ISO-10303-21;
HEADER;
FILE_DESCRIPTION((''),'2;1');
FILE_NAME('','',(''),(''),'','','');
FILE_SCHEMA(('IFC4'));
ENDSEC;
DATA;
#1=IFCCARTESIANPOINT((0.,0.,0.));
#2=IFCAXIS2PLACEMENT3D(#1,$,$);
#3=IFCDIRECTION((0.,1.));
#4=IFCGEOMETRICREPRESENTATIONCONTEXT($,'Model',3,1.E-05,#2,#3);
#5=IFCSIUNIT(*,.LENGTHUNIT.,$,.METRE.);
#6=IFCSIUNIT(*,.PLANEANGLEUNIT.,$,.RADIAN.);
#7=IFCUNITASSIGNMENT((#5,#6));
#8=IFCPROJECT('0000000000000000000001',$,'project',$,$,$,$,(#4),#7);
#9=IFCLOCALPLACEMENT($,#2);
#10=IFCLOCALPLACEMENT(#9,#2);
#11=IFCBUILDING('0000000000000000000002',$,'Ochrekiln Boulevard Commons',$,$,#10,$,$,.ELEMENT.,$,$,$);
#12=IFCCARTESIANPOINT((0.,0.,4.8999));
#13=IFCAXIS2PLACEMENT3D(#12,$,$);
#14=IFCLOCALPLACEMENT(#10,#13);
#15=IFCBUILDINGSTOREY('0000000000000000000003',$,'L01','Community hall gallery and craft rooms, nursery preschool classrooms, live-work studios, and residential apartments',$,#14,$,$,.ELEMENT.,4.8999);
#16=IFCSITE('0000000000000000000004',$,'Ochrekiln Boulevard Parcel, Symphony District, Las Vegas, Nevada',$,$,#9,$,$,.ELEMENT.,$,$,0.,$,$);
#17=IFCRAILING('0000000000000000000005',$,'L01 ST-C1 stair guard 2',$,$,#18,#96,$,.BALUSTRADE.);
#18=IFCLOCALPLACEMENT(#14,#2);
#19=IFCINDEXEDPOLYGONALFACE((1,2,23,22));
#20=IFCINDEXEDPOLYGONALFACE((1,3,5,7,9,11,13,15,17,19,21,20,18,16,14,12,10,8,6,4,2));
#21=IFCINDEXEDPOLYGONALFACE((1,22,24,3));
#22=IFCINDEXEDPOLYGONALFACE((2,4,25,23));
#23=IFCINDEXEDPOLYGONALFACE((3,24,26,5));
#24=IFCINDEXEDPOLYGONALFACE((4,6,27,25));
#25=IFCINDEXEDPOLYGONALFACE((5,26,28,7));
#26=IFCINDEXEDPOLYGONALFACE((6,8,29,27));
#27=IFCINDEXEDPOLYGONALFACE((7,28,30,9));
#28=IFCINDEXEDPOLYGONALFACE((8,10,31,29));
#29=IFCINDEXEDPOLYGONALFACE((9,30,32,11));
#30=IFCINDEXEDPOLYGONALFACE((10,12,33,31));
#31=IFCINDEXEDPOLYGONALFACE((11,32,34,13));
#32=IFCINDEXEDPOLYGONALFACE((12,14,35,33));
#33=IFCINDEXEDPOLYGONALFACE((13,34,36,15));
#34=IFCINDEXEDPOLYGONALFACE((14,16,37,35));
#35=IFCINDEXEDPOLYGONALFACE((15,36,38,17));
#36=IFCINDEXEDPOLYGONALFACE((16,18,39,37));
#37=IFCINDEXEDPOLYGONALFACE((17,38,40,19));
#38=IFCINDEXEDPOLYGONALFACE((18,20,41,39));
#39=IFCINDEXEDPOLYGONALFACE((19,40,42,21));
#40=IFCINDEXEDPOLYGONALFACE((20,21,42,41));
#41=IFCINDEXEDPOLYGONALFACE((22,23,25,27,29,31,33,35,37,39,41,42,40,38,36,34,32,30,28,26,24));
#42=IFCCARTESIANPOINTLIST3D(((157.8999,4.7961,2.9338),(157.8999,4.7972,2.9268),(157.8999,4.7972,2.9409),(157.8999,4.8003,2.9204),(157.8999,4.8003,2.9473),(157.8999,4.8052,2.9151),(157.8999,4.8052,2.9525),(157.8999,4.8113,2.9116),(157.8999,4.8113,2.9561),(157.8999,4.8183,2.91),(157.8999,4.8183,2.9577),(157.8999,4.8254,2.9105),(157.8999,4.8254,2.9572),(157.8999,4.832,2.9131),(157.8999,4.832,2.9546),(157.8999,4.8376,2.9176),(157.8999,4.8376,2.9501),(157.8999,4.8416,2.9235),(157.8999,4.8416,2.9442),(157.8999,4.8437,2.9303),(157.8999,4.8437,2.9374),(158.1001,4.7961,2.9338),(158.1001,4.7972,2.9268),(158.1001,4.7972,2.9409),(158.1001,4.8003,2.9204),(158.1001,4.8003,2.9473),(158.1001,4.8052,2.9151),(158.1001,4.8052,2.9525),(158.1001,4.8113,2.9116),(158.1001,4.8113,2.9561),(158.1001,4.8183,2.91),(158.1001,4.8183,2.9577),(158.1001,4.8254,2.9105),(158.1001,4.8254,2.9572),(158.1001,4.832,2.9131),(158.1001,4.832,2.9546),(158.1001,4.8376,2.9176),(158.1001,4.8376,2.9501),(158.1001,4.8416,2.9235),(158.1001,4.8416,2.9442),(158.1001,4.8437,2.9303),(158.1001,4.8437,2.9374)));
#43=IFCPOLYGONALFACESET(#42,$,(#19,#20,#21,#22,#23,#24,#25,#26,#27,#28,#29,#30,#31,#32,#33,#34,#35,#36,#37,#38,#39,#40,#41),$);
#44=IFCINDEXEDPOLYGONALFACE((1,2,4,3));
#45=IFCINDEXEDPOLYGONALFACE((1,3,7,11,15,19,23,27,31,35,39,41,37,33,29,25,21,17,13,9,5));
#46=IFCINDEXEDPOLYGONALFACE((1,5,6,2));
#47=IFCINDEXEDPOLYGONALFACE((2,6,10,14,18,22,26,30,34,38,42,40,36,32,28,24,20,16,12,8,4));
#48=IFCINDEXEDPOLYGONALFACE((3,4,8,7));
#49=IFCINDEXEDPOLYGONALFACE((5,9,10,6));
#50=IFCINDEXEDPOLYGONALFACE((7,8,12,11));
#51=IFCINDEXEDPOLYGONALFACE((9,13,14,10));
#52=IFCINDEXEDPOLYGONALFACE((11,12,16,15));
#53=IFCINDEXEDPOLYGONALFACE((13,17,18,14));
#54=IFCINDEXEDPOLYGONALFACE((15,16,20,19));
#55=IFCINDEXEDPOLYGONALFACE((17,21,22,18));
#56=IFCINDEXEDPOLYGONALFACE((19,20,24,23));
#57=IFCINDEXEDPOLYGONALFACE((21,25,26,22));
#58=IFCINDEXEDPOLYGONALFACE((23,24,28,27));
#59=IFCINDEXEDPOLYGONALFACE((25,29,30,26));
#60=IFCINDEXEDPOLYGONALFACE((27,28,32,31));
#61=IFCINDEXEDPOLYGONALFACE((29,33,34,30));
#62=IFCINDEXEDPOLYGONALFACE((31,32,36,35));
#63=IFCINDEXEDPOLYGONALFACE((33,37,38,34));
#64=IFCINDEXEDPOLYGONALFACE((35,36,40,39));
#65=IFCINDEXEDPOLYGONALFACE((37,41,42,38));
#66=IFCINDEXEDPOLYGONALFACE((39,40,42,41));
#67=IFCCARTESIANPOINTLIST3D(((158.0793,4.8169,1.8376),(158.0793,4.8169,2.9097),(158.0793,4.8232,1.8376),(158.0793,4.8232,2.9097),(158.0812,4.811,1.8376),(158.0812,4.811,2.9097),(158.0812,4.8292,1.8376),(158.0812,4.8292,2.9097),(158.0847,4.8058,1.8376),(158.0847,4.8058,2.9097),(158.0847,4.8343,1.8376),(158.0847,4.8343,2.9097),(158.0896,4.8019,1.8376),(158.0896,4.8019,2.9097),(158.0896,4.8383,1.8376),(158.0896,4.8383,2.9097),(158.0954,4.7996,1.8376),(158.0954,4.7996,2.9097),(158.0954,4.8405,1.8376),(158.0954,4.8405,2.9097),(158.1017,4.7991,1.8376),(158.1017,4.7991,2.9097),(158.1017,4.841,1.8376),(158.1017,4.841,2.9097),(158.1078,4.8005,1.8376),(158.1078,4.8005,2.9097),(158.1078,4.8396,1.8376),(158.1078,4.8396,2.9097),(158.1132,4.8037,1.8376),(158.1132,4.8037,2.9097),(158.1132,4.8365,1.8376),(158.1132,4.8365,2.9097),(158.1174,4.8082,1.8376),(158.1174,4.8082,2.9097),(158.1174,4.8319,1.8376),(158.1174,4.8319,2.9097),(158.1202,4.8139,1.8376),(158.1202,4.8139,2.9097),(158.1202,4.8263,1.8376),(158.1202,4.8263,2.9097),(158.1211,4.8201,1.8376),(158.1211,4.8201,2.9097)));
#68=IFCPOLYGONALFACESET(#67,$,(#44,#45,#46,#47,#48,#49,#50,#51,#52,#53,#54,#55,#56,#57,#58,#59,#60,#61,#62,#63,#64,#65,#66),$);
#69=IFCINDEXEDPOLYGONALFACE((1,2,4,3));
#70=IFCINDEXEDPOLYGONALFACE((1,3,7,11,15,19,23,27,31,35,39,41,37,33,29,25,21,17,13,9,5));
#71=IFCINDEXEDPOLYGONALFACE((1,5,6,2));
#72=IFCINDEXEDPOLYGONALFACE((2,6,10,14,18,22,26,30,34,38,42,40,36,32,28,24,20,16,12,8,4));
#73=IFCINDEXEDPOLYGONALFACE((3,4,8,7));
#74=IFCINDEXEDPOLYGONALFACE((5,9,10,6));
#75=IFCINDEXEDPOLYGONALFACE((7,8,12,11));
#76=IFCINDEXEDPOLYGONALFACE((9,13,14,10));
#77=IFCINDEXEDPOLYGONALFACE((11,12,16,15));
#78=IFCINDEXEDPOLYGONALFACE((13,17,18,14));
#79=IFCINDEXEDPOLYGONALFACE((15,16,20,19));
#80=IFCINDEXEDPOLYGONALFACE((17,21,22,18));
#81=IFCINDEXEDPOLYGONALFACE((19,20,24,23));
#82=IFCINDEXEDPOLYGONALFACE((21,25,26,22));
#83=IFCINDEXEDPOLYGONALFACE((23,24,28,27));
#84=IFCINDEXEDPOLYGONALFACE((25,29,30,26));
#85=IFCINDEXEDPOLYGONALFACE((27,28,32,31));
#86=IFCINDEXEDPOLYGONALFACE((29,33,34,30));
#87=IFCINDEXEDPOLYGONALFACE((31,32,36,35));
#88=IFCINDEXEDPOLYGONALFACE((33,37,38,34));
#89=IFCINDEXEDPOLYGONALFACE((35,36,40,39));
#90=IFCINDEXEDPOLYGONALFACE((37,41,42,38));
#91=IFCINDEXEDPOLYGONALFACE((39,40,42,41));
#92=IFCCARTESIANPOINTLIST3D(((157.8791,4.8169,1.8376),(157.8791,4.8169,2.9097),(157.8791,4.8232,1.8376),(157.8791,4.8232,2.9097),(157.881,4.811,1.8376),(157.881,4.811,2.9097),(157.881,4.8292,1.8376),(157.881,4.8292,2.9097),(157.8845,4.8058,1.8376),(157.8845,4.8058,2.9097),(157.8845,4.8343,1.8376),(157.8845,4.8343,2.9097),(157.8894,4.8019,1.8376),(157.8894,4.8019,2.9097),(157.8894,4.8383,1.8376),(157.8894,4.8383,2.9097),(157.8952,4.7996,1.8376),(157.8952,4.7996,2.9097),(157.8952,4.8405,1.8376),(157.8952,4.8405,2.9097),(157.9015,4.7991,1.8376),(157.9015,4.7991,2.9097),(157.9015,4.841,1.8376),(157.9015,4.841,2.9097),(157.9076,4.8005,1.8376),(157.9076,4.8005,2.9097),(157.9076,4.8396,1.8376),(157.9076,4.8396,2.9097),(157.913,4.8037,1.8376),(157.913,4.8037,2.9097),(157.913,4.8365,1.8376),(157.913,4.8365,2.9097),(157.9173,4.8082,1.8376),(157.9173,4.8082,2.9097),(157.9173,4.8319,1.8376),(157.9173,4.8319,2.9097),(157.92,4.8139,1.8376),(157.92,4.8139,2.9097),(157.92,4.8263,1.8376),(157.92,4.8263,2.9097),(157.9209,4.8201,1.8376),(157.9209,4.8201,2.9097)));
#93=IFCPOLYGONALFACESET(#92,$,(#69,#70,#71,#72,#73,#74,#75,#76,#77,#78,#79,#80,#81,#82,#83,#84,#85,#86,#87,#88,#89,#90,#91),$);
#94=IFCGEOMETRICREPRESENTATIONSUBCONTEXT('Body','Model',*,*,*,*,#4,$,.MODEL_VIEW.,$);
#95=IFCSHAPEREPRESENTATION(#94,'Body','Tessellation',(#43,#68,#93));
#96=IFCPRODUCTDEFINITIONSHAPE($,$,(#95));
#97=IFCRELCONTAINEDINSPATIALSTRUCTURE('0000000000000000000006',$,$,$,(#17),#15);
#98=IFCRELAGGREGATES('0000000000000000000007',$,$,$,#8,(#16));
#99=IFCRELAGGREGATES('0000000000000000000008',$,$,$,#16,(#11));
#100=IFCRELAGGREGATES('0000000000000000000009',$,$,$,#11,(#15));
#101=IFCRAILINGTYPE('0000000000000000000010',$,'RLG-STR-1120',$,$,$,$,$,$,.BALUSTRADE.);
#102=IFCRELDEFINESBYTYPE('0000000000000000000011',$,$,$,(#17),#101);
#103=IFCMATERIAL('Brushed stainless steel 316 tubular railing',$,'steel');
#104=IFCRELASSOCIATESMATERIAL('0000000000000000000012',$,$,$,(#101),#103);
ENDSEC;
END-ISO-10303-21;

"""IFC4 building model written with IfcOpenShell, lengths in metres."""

from ifc_helpers import new_model, si_unit, direction, frame, origin, origin_2d, place, context, subcontext, project, spatial, circle, extrude, material, type_object, element, save


model = new_model("IFC4")

# Units and contexts
model_context = context("Model", 3, precision=1e-05, world=origin(), true_north=direction((0.0, 1.0)))
body_context = subcontext(model_context, "Body", "Model", "MODEL_VIEW")
ifc_project = project(units=[si_unit("LENGTHUNIT", "METRE"), si_unit("PLANEANGLEUNIT", "RADIAN")], contexts=[model_context])

# Site, building, storey
site_placement = place(None, origin())
site = spatial("IfcSite", under=ifc_project, at=site_placement, Name="Ochrekiln Boulevard Parcel, Symphony District, Las Vegas, Nevada", CompositionType="ELEMENT", RefElevation=0.0)
building_placement = place(site_placement, origin())
building = spatial("IfcBuilding", under=site, at=building_placement, Name="Ochrekiln Boulevard Commons", CompositionType="ELEMENT")
storey_placement = place(building_placement, frame((0.0, 0.0, 4.8999)))
storey = spatial("IfcBuildingStorey", under=building, at=storey_placement, Name="L01", Description="Community hall gallery and craft rooms, nursery preschool classrooms, live-work studios, and residential apartments", CompositionType="ELEMENT", Elevation=4.8999)

# Railing
ifc_material_1 = material(Name="Brushed stainless steel 316 tubular railing", Category="steel")
railing_type_1 = type_object("IfcRailingType", Name="RLG-STR-1120", PredefinedType="BALUSTRADE", material=ifc_material_1)
railing_1_placement = place(storey_placement, frame((158.1001, 4.8201, 1.8376)))
element("IfcRailing", 1, at=railing_1_placement, inside=storey, type_object=railing_type_1, Name="L01 ST-C1 stair guard 2", PredefinedType="BALUSTRADE", context=body_context, shape_type="SweptSolid", body=[
    extrude(circle(Radius=0.0239, at=origin_2d()), frame((0.0, 0.0, 1.0962), z_axis=(-1.0, 0.0, 0.0), x_axis=(0.0, -1.0, 0.0)), (0.0, 0.0, 1.0), 0.2002),
    extrude(circle(Radius=0.021, at=origin_2d()), origin(), (0.0, 0.0, 1.0), 1.072),
    extrude(circle(Radius=0.021, at=origin_2d()), frame((-0.2002, 0.0, 0.0)), (0.0, 0.0, 1.0), 1.072),
])

save(model, "model.ifc")
